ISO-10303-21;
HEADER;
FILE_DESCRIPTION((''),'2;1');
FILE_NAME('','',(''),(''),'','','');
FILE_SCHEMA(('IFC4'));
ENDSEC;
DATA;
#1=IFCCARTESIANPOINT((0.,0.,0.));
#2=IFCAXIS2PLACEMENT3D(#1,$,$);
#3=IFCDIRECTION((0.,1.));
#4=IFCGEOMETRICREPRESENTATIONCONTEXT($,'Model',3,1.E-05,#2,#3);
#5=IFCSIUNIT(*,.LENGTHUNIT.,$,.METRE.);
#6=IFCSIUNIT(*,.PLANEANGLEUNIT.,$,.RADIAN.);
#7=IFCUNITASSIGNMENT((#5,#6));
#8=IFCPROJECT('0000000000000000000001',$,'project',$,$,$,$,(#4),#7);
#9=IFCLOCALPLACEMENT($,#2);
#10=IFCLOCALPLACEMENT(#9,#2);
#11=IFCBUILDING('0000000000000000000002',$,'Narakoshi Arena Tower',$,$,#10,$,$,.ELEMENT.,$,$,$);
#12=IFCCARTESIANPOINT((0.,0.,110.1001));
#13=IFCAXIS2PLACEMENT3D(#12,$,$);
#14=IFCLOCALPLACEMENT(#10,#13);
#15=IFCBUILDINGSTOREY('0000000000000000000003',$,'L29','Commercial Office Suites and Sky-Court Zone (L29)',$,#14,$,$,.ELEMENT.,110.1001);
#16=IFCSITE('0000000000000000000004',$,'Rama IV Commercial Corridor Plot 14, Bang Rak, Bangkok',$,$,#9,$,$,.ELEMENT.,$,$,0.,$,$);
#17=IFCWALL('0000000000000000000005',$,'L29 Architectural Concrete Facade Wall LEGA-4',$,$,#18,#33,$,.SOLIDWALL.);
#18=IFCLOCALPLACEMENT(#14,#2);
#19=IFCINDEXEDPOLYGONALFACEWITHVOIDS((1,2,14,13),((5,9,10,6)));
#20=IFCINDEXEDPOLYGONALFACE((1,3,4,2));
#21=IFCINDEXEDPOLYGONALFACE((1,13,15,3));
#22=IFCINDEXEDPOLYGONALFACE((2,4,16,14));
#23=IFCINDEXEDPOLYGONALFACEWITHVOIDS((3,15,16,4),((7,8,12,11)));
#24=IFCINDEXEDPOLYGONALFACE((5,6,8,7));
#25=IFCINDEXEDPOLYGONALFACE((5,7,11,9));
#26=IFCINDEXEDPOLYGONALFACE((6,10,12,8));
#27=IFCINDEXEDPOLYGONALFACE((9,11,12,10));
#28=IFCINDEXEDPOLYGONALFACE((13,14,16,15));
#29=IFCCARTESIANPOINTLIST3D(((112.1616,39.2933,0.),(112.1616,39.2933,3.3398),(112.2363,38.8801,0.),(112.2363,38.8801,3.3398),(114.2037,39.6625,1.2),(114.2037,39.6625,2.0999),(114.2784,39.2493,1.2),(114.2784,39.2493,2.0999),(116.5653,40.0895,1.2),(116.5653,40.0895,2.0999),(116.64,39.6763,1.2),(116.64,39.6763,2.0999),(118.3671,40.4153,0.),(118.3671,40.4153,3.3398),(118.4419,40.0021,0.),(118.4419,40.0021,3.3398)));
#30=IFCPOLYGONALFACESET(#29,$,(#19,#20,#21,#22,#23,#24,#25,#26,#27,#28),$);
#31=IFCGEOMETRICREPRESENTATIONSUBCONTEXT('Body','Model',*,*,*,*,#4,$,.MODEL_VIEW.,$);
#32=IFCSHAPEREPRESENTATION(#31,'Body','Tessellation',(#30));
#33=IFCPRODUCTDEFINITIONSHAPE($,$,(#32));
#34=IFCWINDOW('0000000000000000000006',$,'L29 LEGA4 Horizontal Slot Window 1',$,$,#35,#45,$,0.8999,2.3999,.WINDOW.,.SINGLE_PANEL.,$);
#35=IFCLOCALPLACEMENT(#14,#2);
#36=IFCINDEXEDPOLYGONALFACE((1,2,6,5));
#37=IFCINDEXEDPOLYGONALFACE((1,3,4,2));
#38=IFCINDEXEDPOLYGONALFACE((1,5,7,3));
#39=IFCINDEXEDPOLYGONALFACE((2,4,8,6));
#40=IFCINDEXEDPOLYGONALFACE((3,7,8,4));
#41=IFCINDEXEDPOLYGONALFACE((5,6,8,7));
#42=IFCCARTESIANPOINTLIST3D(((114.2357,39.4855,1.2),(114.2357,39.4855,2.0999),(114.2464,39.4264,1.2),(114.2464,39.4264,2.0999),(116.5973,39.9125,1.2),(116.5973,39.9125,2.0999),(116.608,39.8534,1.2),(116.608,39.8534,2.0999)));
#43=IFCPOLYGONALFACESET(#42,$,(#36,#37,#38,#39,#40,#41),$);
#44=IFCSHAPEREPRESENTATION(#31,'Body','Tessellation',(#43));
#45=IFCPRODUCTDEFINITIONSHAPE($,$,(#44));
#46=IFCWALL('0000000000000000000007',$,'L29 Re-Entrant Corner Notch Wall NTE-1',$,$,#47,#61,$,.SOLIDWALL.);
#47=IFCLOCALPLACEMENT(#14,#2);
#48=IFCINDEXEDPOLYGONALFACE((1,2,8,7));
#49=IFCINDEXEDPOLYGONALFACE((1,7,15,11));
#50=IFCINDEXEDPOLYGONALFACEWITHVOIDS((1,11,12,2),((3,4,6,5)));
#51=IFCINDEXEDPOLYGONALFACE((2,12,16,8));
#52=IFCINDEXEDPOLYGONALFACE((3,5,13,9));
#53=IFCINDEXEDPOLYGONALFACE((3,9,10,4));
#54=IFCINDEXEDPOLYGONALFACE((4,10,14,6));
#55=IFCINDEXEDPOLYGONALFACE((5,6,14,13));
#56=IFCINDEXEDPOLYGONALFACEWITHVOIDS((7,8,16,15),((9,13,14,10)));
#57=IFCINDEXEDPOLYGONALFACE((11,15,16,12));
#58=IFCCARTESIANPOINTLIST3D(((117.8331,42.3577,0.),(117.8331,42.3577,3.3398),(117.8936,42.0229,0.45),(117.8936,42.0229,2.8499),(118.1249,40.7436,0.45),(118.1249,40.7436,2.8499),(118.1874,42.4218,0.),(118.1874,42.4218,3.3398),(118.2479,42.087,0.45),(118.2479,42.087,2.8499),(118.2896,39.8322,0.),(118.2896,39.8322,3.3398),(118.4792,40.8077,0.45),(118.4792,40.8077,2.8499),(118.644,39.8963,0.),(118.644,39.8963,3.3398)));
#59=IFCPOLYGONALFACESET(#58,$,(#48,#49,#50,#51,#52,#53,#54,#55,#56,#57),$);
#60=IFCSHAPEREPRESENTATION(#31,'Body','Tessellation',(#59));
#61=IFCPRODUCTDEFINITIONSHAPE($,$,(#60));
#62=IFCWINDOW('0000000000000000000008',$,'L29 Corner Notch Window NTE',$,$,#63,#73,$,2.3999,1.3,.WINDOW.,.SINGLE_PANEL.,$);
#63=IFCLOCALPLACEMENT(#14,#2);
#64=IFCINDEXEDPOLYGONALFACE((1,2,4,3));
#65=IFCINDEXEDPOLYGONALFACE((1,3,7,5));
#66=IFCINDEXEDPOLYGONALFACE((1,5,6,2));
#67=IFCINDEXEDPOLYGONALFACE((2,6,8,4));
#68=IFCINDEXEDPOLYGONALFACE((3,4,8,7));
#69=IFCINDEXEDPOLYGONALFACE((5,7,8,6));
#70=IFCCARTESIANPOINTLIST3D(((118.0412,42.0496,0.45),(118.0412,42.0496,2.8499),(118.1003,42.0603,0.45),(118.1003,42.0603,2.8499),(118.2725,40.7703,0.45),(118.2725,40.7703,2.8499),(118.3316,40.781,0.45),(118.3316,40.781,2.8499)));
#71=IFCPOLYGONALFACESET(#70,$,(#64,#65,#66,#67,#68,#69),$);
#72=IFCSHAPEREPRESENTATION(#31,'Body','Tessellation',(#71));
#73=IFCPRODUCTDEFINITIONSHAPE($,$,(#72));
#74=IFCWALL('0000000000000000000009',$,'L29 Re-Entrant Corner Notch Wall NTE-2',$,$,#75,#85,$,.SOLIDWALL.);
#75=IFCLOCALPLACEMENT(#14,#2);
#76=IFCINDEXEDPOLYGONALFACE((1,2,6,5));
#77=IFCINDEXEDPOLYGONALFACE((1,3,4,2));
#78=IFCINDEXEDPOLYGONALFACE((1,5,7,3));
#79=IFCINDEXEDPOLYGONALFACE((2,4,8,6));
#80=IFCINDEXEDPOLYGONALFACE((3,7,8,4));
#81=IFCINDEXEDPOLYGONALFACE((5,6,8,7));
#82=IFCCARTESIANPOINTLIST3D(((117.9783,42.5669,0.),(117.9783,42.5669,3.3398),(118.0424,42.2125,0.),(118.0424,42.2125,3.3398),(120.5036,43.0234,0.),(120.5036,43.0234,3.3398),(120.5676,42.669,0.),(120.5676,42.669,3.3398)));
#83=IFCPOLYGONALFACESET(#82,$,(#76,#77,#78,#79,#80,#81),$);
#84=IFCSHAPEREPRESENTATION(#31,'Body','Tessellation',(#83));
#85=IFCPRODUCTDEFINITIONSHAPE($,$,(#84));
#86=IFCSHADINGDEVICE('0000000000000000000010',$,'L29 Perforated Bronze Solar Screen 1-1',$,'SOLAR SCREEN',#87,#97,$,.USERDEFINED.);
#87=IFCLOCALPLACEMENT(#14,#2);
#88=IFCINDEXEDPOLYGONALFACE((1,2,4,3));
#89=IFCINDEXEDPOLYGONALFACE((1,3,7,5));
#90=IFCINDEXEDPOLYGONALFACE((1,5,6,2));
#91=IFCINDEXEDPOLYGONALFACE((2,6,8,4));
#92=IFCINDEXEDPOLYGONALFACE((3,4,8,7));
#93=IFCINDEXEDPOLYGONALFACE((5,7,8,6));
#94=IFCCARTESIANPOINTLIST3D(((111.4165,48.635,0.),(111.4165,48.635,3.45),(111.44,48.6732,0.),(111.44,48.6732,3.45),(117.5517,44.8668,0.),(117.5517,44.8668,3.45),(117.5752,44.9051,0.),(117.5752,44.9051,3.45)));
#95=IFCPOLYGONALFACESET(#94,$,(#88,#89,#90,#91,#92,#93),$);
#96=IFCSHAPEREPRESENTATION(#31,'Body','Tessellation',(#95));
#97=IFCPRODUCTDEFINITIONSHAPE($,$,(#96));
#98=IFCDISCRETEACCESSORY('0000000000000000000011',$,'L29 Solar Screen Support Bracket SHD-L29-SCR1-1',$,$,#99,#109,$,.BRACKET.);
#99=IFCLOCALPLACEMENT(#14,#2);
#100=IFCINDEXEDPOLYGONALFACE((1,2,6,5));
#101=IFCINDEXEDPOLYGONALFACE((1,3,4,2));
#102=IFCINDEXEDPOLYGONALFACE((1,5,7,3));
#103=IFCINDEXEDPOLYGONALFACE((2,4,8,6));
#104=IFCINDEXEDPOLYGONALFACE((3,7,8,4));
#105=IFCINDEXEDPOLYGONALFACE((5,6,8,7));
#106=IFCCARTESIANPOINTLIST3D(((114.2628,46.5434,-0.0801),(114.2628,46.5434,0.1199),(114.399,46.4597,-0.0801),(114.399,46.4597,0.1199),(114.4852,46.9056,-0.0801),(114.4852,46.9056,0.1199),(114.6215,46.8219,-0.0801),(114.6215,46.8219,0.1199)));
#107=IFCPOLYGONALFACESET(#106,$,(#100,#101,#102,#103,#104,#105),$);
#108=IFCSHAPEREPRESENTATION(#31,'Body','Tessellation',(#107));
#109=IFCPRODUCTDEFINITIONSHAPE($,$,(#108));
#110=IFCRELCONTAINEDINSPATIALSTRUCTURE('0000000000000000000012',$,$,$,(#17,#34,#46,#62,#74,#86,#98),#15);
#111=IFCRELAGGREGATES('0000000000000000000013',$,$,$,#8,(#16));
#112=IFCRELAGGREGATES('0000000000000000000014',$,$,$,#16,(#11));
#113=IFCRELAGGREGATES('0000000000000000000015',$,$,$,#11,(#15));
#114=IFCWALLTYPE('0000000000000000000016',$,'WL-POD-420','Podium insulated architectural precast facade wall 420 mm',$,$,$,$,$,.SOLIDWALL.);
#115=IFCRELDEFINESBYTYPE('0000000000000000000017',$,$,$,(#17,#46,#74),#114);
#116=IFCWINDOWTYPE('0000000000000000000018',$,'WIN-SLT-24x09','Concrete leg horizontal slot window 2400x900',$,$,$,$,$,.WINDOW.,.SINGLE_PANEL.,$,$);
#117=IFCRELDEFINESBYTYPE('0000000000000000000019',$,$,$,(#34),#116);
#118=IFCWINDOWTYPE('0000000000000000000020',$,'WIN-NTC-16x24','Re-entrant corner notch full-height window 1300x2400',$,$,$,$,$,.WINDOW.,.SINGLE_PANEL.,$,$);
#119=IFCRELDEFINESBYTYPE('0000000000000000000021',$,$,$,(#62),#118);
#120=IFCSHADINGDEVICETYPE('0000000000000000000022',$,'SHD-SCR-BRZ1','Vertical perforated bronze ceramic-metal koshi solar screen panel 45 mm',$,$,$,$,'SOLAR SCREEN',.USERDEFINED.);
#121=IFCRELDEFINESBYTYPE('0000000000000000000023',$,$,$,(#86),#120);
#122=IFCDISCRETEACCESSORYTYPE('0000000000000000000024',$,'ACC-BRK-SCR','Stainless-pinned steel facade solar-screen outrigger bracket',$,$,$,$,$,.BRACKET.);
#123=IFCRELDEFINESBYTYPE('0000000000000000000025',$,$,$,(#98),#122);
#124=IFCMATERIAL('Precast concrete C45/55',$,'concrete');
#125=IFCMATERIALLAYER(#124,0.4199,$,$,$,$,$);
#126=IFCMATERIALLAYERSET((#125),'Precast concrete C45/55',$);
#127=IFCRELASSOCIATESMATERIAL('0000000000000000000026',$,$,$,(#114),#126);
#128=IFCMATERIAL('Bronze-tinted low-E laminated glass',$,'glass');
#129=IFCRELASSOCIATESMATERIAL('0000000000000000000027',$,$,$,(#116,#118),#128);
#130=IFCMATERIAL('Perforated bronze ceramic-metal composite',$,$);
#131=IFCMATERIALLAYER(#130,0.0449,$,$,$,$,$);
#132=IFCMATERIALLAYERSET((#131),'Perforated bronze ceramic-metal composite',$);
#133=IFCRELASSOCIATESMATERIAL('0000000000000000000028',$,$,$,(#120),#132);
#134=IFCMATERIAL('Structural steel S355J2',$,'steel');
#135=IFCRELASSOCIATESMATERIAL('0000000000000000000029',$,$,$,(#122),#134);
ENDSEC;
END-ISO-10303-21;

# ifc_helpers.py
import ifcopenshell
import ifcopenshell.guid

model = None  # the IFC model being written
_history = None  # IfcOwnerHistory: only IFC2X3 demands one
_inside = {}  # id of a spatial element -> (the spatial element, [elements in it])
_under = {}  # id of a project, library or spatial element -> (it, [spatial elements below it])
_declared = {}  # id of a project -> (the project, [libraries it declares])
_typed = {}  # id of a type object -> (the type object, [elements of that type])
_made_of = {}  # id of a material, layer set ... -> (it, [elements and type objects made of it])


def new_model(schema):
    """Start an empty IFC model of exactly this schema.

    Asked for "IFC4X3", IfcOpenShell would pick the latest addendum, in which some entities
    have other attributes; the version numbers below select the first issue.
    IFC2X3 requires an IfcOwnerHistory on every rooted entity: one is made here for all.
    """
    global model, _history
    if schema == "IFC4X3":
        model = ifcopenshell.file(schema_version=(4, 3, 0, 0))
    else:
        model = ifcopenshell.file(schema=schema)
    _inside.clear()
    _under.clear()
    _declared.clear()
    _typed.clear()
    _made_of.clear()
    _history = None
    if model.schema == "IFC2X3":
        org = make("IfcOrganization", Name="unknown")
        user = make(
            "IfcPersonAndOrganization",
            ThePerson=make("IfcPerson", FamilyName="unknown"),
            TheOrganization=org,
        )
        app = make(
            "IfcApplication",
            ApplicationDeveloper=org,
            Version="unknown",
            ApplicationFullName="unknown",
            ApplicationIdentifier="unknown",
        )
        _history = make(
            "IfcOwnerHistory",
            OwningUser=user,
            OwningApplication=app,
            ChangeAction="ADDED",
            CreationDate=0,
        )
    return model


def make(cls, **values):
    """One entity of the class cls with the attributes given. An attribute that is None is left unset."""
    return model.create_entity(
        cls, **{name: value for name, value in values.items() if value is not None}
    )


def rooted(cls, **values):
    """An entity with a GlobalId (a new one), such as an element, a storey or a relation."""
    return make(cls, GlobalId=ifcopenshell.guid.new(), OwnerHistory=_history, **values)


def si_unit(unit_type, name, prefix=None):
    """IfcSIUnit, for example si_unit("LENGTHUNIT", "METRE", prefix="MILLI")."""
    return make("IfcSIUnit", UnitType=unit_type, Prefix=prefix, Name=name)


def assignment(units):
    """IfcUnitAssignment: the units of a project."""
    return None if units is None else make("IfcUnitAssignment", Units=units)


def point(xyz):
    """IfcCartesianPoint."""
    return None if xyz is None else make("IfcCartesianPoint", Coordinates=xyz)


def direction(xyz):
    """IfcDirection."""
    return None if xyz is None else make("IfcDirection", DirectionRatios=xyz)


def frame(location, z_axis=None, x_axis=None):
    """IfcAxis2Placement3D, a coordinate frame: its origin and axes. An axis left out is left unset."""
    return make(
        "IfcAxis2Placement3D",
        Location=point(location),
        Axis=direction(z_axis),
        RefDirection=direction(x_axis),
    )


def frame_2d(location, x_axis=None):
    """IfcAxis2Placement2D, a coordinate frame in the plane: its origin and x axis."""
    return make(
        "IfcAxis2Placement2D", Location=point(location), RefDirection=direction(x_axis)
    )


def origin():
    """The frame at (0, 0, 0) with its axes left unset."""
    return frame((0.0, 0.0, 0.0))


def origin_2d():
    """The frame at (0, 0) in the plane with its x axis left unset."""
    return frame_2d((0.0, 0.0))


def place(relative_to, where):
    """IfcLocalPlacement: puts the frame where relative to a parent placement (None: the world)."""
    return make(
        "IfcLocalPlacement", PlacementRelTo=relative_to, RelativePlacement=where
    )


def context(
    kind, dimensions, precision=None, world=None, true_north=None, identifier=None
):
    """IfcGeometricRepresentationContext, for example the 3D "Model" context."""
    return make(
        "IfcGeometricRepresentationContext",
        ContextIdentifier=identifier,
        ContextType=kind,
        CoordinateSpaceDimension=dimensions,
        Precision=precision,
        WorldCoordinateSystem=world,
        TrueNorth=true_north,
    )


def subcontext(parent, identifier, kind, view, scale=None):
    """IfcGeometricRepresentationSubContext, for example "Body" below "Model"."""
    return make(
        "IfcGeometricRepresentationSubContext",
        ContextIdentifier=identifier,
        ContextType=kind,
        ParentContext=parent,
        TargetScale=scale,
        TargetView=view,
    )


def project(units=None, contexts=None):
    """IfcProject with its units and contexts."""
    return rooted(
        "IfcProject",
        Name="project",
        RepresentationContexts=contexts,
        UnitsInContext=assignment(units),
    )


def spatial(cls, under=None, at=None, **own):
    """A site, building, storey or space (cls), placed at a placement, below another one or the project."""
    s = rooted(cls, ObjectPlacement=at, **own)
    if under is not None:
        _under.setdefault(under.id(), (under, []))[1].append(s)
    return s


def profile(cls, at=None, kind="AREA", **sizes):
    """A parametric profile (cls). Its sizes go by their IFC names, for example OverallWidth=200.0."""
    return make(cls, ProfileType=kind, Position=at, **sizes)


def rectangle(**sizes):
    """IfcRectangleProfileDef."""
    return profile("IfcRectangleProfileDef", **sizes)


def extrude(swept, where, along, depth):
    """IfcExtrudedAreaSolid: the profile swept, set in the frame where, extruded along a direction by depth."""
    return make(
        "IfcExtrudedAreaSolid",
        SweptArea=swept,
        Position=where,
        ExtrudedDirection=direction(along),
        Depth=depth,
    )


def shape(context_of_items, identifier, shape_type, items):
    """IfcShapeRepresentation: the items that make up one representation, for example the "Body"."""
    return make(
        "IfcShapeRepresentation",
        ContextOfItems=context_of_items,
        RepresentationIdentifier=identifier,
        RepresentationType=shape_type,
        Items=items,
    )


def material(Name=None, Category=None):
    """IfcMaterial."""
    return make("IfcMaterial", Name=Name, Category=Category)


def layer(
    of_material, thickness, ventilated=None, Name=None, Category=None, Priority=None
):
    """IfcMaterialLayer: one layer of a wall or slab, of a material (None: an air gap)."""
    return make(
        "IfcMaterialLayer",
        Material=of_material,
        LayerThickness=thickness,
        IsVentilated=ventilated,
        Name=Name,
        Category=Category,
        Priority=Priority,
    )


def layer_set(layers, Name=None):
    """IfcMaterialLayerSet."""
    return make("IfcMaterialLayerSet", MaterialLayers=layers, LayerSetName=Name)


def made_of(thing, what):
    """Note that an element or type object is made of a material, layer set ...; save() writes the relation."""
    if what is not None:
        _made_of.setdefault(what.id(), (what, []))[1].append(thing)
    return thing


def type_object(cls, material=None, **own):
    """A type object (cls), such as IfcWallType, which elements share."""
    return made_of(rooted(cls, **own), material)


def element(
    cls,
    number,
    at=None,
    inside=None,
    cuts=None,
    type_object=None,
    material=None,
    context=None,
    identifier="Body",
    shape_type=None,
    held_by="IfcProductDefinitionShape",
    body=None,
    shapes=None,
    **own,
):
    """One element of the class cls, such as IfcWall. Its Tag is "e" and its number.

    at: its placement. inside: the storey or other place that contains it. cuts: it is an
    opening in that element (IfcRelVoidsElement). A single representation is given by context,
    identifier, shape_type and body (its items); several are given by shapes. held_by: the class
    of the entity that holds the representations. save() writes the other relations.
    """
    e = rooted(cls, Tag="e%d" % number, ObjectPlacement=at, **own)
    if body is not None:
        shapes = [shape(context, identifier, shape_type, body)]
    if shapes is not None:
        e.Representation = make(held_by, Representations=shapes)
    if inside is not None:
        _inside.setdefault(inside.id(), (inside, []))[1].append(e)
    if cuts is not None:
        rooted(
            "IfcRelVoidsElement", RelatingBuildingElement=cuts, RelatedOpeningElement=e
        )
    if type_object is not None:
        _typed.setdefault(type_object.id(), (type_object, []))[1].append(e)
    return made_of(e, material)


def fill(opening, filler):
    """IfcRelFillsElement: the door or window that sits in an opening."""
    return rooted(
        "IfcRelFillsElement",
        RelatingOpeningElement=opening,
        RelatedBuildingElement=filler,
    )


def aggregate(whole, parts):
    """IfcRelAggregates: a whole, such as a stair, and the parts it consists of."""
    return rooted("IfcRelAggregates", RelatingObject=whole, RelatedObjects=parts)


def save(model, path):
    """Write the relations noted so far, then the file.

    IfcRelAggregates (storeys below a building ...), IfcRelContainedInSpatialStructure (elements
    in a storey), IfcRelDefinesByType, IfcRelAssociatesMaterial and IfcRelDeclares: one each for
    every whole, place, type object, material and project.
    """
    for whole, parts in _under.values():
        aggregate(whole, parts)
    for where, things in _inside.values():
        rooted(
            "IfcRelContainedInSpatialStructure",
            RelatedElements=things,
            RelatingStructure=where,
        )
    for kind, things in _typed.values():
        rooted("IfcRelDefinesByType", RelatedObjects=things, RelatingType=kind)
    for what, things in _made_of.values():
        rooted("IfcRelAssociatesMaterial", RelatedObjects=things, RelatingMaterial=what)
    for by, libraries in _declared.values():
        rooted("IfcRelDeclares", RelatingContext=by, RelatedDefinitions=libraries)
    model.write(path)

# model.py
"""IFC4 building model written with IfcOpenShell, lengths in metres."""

from ifc_helpers import new_model, si_unit, direction, frame, frame_2d, origin, origin_2d, place, context, subcontext, project, spatial, rectangle, extrude, material, layer, layer_set, type_object, element, fill, save


model = new_model("IFC4")

# Units and contexts
model_context = context("Model", 3, precision=1e-05, world=origin(), true_north=direction((0.0, 1.0)))
body_context = subcontext(model_context, "Body", "Model", "MODEL_VIEW")
ifc_project = project(units=[si_unit("LENGTHUNIT", "METRE"), si_unit("PLANEANGLEUNIT", "RADIAN")], contexts=[model_context])

# Site, building, storey
site_placement = place(None, origin())
site = spatial("IfcSite", under=ifc_project, at=site_placement, Name="Rama IV Commercial Corridor Plot 14, Bang Rak, Bangkok", CompositionType="ELEMENT", RefElevation=0.0)
building_placement = place(site_placement, origin())
building = spatial("IfcBuilding", under=site, at=building_placement, Name="Narakoshi Arena Tower", CompositionType="ELEMENT")
storey_placement = place(building_placement, frame((0.0, 0.0, 110.1001)))
storey = spatial("IfcBuildingStorey", under=building, at=storey_placement, Name="L29", Description="Commercial Office Suites and Sky-Court Zone (L29)", CompositionType="ELEMENT", Elevation=110.1001)

# Shared definitions
ifc_material_1 = material(Name="Structural steel S355J2", Category="steel")

# Shared definitions
ifc_material_2 = material(Name="Bronze-tinted low-E laminated glass", Category="glass")

# Shared definitions
ifc_material_3 = material(Name="Precast concrete C45/55", Category="concrete")

# Walls, openings, windows
ifc_layer_1 = layer(ifc_material_3, 0.4199)
ifc_layer_set_1 = layer_set([ifc_layer_1], Name="Precast concrete C45/55")
wall_type_1 = type_object("IfcWallType", Name="WL-POD-420", Description="Podium insulated architectural precast facade wall 420 mm", PredefinedType="SOLIDWALL", material=ifc_layer_set_1)
wall_1_placement = place(storey_placement, frame((112.199, 39.0867, 0.0), z_axis=(0.0, 0.0, 1.0), x_axis=(0.984043, 0.177931, 0.0)))
wall_1 = element("IfcWall", 1, at=wall_1_placement, inside=storey, type_object=wall_type_1, Name="L29 Architectural Concrete Facade Wall LEGA-4", PredefinedType="SOLIDWALL", context=body_context, shape_type="SweptSolid", body=[
    extrude(rectangle(XDim=6.3062, YDim=0.4199, at=frame_2d((3.1531, 0.0))), origin(), (0.0, 0.0, 1.0), 3.3398),
])
opening_1_placement = place(wall_1_placement, frame((2.0752, 0.0, 1.2)))
opening_1 = element("IfcOpeningElement", 2, at=opening_1_placement, cuts=wall_1, PredefinedType="OPENING", context=body_context, shape_type="SweptSolid", body=[
    extrude(rectangle(XDim=2.3999, YDim=0.8999, at=frame_2d((1.2, 0.45))), frame((0.0, 0.22, 0.0), z_axis=(0.0, -1.0, 0.0), x_axis=(1.0, 0.0, 0.0)), (0.0, 0.0, 1.0), 0.4399),
])
window_type_1 = type_object("IfcWindowType", Name="WIN-SLT-24x09", Description="Concrete leg horizontal slot window 2400x900", PartitioningType="SINGLE_PANEL", PredefinedType="WINDOW", material=ifc_material_2)
window_1_placement = place(opening_1_placement, origin())
window_1 = element("IfcWindow", 3, at=window_1_placement, inside=storey, type_object=window_type_1, Name="L29 LEGA4 Horizontal Slot Window 1", OverallHeight=0.8999, OverallWidth=2.3999, PartitioningType="SINGLE_PANEL", PredefinedType="WINDOW", context=body_context, shape_type="SweptSolid", body=[
    extrude(rectangle(XDim=2.3999, YDim=0.8999, at=frame_2d((1.2, 0.45))), frame((0.0, 0.03, 0.0), z_axis=(0.0, -1.0, 0.0), x_axis=(1.0, 0.0, 0.0)), (0.0, 0.0, 1.0), 0.0601),
])
fill(opening_1, window_1)
wall_2_placement = place(storey_placement, frame((118.4668, 39.8643, 0.0), z_axis=(0.0, 0.0, 1.0), x_axis=(-0.177897, 0.984049, 0.0)))
wall_2 = element("IfcWall", 4, at=wall_2_placement, inside=storey, type_object=wall_type_1, Name="L29 Re-Entrant Corner Notch Wall NTE-1", PredefinedType="SOLIDWALL", context=body_context, shape_type="SweptSolid", body=[
    extrude(rectangle(XDim=2.5664, YDim=0.3601, at=frame_2d((1.2832, 0.0))), origin(), (0.0, 0.0, 1.0), 3.3398),
])
opening_2_placement = place(wall_2_placement, frame((0.9263, 0.0, 0.45)))
opening_2 = element("IfcOpeningElement", 5, at=opening_2_placement, cuts=wall_2, PredefinedType="OPENING", context=body_context, shape_type="SweptSolid", body=[
    extrude(rectangle(XDim=1.3, YDim=2.3999, at=frame_2d((0.6499, 1.2))), frame((0.0, 0.1899, 0.0), z_axis=(0.0, -1.0, 0.0), x_axis=(1.0, 0.0, 0.0)), (0.0, 0.0, 1.0), 0.3801),
])
window_type_2 = type_object("IfcWindowType", Name="WIN-NTC-16x24", Description="Re-entrant corner notch full-height window 1300x2400", PartitioningType="SINGLE_PANEL", PredefinedType="WINDOW", material=ifc_material_2)
window_2_placement = place(opening_2_placement, origin())
window_2 = element("IfcWindow", 6, at=window_2_placement, inside=storey, type_object=window_type_2, Name="L29 Corner Notch Window NTE", OverallHeight=2.3999, OverallWidth=1.3, PartitioningType="SINGLE_PANEL", PredefinedType="WINDOW", context=body_context, shape_type="SweptSolid", body=[
    extrude(rectangle(XDim=1.3, YDim=2.3999, at=frame_2d((0.6499, 1.2))), frame((0.0, 0.03, 0.0), z_axis=(0.0, -1.0, 0.0), x_axis=(1.0, 0.0, 0.0)), (0.0, 0.0, 1.0), 0.0601),
])
fill(opening_2, window_2)

# Wall
wall_3_placement = place(storey_placement, frame((118.0103, 42.3896, 0.0), z_axis=(0.0, 0.0, 1.0), x_axis=(0.984046, 0.177914, 0.0)))
element("IfcWall", 7, at=wall_3_placement, inside=storey, type_object=wall_type_1, Name="L29 Re-Entrant Corner Notch Wall NTE-2", PredefinedType="SOLIDWALL", context=body_context, shape_type="SweptSolid", body=[
    extrude(rectangle(XDim=2.5662, YDim=0.3601, at=frame_2d((1.2832, 0.0))), origin(), (0.0, 0.0, 1.0), 3.3398),
])

# Shading device
ifc_material_4 = material(Name="Perforated bronze ceramic-metal composite")
ifc_layer_2 = layer(ifc_material_4, 0.0449)
ifc_layer_set_2 = layer_set([ifc_layer_2], Name="Perforated bronze ceramic-metal composite")
shading_device_type = type_object("IfcShadingDeviceType", Name="SHD-SCR-BRZ1", Description="Vertical perforated bronze ceramic-metal koshi solar screen panel 45 mm", ElementType="SOLAR SCREEN", PredefinedType="USERDEFINED", material=ifc_layer_set_2)
shading_device_placement = place(storey_placement, frame((114.4958, 46.77, 0.0), z_axis=(0.0, 0.0, 1.0), x_axis=(-0.852111, 0.523361, 0.0)))
element("IfcShadingDevice", 8, at=shading_device_placement, inside=storey, type_object=shading_device_type, Name="L29 Perforated Bronze Solar Screen 1-1", ObjectType="SOLAR SCREEN", PredefinedType="USERDEFINED", context=body_context, shape_type="SweptSolid", body=[
    extrude(rectangle(XDim=7.2, YDim=0.0449, at=origin_2d()), origin(), (0.0, 0.0, 1.0), 3.45),
])

# Discrete accessory
discrete_accessory_type = type_object("IfcDiscreteAccessoryType", Name="ACC-BRK-SCR", Description="Stainless-pinned steel facade solar-screen outrigger bracket", PredefinedType="BRACKET", material=ifc_material_1)
discrete_accessory_placement = place(storey_placement, frame((114.4421, 46.6826, -0.0801), z_axis=(0.0, 0.0, 1.0), x_axis=(-0.852111, 0.523361, 0.0)))
element("IfcDiscreteAccessory", 9, at=discrete_accessory_placement, inside=storey, type_object=discrete_accessory_type, Name="L29 Solar Screen Support Bracket SHD-L29-SCR1-1", PredefinedType="BRACKET", context=body_context, shape_type="SweptSolid", body=[
    extrude(rectangle(XDim=0.1599, YDim=0.425, at=origin_2d()), origin(), (0.0, 0.0, 1.0), 0.2),
])

save(model, "model.ifc")
